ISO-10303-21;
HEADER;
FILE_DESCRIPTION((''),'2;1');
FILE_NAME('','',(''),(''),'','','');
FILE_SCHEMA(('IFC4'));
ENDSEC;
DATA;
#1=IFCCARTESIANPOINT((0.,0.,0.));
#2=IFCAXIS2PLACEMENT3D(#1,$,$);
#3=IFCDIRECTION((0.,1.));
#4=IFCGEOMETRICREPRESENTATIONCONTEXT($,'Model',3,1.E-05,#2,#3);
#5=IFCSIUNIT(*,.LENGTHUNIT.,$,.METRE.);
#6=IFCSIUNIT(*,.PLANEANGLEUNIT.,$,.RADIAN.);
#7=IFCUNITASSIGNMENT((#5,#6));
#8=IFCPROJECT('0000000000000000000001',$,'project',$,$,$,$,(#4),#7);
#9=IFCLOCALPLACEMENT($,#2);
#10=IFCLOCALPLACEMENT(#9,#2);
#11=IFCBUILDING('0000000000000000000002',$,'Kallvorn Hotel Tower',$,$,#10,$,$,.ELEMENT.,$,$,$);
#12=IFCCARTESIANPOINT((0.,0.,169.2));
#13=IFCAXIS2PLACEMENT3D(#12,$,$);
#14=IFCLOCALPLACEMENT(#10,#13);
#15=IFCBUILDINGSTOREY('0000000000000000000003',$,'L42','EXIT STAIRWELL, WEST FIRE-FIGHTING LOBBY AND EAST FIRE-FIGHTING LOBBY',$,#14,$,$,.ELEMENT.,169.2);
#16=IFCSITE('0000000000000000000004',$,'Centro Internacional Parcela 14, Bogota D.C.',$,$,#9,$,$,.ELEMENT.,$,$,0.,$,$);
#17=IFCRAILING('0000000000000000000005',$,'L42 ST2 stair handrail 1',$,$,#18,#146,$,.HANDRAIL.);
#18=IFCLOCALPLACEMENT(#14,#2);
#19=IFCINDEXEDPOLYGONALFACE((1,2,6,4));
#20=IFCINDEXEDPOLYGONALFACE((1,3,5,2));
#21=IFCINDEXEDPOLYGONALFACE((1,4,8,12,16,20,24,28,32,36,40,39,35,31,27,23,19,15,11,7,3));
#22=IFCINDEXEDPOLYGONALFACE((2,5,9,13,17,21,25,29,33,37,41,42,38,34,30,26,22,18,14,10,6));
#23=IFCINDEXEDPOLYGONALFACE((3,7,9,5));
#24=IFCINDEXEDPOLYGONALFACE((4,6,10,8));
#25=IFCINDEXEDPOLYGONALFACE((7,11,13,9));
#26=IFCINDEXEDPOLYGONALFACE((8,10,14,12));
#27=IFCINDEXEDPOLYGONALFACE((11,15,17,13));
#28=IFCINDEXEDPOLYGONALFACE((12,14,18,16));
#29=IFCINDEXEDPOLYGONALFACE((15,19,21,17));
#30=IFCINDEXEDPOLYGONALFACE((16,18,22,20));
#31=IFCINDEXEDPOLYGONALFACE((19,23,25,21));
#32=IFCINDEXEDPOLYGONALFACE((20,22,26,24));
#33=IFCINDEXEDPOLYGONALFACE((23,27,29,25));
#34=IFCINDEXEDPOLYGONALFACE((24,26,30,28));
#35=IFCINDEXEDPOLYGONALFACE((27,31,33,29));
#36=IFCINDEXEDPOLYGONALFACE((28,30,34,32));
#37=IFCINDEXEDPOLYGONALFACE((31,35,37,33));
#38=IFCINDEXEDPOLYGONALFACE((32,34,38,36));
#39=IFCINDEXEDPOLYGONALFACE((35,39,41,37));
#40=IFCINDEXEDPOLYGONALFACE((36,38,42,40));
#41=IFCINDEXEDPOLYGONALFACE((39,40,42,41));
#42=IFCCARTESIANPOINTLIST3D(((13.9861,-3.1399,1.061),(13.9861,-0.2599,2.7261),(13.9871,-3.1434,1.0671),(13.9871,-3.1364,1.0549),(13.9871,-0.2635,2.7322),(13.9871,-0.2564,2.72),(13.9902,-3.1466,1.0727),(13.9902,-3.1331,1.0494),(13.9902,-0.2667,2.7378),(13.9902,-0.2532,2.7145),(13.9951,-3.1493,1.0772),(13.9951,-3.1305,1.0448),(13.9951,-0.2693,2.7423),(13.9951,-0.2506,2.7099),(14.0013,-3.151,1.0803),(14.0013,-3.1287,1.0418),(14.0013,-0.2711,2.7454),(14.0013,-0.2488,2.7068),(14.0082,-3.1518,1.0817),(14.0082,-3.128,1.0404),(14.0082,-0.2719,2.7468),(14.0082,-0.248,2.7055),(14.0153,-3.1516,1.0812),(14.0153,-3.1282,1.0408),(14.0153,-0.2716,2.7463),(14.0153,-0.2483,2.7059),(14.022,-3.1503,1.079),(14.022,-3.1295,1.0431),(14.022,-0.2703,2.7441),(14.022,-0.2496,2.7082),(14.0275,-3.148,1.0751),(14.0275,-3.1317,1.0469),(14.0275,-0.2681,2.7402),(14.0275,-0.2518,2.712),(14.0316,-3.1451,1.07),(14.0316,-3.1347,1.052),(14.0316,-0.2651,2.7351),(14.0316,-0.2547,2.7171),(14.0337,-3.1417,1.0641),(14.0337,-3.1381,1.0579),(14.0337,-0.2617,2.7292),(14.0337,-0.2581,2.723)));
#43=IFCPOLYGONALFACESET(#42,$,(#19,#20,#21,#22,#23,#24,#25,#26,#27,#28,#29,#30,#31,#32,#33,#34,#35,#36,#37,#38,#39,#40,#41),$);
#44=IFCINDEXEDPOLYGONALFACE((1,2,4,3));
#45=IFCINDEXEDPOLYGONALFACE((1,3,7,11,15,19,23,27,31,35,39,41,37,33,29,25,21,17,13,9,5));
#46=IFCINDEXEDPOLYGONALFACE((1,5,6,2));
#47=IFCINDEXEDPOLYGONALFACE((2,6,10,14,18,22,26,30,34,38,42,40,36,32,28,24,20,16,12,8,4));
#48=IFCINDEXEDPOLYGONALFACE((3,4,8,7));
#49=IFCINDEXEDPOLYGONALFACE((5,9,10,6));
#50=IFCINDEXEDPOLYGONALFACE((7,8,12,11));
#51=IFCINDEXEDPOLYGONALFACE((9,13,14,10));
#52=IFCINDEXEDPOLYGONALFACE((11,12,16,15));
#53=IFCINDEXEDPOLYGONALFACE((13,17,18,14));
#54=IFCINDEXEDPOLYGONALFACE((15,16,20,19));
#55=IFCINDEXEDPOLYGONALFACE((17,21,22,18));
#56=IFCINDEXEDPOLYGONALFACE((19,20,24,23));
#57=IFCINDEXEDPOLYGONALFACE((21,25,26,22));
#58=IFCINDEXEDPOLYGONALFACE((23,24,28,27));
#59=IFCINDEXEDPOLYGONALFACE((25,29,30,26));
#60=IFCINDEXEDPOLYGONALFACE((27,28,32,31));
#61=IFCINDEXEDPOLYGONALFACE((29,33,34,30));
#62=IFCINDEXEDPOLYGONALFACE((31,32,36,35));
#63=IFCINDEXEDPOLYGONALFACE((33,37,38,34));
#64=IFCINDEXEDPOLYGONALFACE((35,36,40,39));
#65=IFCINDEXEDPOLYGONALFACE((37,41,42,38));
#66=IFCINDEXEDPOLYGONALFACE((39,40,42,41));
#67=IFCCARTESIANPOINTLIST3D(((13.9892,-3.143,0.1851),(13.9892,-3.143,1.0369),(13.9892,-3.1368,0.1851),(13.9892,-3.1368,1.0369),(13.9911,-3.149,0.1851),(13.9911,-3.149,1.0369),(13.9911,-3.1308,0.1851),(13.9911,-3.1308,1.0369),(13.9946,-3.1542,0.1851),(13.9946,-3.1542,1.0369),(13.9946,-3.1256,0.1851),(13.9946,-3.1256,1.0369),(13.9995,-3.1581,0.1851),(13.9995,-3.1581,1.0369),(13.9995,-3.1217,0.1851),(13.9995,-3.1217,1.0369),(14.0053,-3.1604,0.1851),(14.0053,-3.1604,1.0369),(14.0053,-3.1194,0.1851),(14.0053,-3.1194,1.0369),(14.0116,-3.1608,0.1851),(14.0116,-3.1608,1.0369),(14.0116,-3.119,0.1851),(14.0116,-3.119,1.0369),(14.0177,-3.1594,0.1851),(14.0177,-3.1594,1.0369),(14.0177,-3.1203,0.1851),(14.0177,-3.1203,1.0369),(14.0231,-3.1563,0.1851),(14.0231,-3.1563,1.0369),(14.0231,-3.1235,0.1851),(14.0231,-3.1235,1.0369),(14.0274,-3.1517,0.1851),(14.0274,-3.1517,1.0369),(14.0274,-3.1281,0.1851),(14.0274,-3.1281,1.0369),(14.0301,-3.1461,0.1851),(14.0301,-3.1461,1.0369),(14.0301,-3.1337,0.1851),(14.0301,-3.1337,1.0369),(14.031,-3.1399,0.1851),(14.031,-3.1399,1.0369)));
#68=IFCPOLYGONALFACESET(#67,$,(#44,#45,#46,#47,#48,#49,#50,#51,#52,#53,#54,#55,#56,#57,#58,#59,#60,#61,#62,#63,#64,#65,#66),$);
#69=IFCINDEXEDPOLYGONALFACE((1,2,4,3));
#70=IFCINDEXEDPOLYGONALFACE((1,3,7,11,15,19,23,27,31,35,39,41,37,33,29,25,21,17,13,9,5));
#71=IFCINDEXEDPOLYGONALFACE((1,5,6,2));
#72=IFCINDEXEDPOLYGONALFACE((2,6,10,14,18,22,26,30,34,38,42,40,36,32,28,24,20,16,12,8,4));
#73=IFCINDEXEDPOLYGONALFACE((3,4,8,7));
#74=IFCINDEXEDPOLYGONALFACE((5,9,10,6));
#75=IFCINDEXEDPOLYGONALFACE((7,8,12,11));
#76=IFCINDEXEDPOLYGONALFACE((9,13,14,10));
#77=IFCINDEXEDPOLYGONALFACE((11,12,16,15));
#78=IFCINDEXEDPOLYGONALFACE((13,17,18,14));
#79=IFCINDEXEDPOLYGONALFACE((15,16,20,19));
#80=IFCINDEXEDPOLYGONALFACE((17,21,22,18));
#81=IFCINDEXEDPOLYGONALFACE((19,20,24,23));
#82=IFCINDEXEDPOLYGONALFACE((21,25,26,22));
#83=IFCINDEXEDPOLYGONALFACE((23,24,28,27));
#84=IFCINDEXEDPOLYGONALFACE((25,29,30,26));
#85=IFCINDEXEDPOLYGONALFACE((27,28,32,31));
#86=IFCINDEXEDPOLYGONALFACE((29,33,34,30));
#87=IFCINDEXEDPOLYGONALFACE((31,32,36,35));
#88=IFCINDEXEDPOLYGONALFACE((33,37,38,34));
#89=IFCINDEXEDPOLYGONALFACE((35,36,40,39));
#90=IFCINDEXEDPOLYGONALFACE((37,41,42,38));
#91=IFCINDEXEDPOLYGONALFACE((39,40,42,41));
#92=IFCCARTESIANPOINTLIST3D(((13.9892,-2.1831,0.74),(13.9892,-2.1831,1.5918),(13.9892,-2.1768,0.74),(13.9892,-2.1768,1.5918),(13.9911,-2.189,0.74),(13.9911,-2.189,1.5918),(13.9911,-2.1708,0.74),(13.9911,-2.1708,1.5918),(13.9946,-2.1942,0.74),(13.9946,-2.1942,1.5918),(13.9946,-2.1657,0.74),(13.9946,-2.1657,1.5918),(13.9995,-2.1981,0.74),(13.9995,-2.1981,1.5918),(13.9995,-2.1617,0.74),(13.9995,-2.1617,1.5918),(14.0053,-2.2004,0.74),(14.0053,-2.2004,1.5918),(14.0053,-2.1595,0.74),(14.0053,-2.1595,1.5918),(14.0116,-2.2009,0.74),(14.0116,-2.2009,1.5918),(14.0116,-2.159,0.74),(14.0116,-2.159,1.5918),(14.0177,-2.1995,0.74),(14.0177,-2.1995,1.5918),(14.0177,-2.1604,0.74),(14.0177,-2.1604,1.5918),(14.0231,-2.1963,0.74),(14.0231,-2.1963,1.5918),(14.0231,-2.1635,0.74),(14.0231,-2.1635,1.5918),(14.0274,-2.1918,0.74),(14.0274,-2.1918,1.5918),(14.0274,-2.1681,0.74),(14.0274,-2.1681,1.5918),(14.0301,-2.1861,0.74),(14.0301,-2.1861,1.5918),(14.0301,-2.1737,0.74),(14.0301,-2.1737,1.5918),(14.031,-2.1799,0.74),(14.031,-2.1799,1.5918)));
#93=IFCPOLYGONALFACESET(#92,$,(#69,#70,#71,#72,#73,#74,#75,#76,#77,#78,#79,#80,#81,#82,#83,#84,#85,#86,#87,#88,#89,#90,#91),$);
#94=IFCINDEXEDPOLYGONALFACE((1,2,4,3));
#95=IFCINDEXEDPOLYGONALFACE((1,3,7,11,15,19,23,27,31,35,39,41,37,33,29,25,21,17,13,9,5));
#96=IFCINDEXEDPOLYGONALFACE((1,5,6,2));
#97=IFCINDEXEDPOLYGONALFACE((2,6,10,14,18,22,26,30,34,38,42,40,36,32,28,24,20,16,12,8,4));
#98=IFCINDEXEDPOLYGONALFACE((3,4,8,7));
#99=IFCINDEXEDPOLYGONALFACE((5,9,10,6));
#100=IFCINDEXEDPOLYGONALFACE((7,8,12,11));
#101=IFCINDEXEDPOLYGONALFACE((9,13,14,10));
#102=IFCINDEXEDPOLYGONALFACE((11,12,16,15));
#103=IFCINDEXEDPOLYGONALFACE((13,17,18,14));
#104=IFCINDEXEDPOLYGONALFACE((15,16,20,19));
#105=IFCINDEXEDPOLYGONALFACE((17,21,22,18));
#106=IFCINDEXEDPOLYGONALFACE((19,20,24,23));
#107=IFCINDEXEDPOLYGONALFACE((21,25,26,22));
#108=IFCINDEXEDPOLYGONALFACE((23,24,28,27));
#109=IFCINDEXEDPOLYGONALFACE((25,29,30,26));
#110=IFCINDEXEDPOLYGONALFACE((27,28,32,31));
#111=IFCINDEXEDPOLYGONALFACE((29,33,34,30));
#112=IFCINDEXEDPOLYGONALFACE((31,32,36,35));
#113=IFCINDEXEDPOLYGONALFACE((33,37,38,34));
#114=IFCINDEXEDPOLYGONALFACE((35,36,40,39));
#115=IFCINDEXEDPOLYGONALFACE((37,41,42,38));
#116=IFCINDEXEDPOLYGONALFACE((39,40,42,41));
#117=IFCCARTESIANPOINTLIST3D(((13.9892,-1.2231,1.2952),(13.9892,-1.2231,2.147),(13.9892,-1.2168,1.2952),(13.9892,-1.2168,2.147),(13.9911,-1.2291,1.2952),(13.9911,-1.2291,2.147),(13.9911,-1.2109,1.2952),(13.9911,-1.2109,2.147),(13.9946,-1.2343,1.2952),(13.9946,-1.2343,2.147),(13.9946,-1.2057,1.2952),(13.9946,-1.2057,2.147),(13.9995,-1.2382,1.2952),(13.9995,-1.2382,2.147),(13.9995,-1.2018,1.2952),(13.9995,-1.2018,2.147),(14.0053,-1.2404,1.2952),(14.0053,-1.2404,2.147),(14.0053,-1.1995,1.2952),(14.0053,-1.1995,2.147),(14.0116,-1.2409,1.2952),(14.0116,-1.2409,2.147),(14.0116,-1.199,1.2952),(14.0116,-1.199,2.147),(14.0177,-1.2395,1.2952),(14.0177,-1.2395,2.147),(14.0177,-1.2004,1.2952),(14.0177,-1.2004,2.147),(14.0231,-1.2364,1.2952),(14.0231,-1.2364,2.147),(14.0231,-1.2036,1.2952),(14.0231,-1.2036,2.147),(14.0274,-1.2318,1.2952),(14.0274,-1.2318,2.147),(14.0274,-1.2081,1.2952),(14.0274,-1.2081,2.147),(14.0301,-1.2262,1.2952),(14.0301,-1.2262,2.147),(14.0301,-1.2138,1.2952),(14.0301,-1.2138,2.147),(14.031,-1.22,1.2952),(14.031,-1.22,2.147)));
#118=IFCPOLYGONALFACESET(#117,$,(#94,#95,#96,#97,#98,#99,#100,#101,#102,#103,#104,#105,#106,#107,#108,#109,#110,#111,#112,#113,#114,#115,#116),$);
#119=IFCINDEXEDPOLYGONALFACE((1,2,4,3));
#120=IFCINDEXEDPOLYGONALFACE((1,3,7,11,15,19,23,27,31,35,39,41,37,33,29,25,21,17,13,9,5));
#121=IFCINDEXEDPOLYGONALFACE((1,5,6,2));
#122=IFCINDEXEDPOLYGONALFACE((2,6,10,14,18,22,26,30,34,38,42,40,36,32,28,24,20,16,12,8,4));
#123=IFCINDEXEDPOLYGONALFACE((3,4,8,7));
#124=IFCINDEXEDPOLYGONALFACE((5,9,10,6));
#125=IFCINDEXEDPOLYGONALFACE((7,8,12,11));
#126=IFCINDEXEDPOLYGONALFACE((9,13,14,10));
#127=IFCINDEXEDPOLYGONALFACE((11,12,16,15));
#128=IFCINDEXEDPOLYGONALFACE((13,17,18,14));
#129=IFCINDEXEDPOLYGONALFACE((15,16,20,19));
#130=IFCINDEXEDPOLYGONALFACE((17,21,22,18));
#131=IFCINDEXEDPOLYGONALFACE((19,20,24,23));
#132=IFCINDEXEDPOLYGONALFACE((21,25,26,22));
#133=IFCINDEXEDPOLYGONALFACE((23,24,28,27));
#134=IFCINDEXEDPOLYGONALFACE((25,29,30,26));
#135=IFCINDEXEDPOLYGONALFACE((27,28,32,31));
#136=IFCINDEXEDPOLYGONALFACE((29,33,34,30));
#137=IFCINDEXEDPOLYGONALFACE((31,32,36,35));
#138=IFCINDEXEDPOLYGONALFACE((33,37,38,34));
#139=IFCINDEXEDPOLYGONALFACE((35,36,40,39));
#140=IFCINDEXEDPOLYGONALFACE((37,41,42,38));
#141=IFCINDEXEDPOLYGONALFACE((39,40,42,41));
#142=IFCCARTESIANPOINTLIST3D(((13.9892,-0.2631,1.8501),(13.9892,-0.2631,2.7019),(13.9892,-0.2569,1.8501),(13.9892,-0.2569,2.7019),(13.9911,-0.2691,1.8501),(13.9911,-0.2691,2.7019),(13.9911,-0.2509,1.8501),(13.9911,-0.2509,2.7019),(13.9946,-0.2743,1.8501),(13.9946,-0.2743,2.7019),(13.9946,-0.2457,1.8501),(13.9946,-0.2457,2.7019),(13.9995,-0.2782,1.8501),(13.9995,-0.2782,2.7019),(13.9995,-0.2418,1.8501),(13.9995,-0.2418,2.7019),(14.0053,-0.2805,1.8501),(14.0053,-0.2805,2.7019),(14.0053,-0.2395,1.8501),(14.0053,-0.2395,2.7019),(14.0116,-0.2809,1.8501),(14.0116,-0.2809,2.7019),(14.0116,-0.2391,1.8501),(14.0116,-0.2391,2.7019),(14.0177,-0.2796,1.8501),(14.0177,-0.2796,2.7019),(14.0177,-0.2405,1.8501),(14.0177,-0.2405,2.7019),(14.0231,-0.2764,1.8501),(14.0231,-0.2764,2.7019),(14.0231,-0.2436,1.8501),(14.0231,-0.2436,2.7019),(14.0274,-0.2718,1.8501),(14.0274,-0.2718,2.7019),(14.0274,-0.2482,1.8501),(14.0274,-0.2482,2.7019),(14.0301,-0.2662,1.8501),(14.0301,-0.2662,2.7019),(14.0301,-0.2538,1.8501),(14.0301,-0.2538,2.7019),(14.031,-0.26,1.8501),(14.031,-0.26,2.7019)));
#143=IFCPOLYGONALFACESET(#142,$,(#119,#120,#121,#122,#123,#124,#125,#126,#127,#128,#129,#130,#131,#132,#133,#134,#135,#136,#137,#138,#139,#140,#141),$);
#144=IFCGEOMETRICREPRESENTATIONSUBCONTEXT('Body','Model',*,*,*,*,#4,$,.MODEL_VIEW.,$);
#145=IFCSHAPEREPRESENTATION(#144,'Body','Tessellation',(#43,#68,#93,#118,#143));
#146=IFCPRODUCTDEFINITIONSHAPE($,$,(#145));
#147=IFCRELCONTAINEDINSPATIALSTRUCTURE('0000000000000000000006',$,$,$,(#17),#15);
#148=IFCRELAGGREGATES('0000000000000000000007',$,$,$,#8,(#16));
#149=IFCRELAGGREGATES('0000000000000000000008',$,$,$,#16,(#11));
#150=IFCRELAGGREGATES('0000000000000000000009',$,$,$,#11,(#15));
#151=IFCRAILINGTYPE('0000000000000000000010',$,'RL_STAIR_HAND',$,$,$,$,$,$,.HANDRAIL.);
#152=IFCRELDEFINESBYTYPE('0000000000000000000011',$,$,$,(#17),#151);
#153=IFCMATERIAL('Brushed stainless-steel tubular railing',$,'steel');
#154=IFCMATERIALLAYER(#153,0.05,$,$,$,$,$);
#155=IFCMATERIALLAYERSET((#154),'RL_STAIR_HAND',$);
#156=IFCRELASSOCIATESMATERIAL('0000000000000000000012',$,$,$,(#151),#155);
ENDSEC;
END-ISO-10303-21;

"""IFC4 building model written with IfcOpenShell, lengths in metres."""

from ifc_helpers import new_model, si_unit, direction, frame, origin, origin_2d, place, context, subcontext, project, spatial, circle, extrude, material, layer, layer_set, type_object, element, save


model = new_model("IFC4")

# Units and contexts
model_context = context("Model", 3, precision=1e-05, world=origin(), true_north=direction((0.0, 1.0)))
body_context = subcontext(model_context, "Body", "Model", "MODEL_VIEW")
ifc_project = project(units=[si_unit("LENGTHUNIT", "METRE"), si_unit("PLANEANGLEUNIT", "RADIAN")], contexts=[model_context])

# Site, building, storey
site_placement = place(None, origin())
site = spatial("IfcSite", under=ifc_project, at=site_placement, Name="Centro Internacional Parcela 14, Bogota D.C.", CompositionType="ELEMENT", RefElevation=0.0)
building_placement = place(site_placement, origin())
building = spatial("IfcBuilding", under=site, at=building_placement, Name="Kallvorn Hotel Tower", CompositionType="ELEMENT")
storey_placement = place(building_placement, frame((0.0, 0.0, 169.2)))
storey = spatial("IfcBuildingStorey", under=building, at=storey_placement, Name="L42", Description="EXIT STAIRWELL, WEST FIRE-FIGHTING LOBBY AND EAST FIRE-FIGHTING LOBBY", CompositionType="ELEMENT", Elevation=169.2)

# Railing
ifc_material_1 = material(Name="Brushed stainless-steel tubular railing", Category="steel")
ifc_layer_1 = layer(ifc_material_1, 0.05)
ifc_layer_set_1 = layer_set([ifc_layer_1], Name="RL_STAIR_HAND")
railing_type_1 = type_object("IfcRailingType", Name="RL_STAIR_HAND", PredefinedType="HANDRAIL", material=ifc_layer_set_1)
railing_1_placement = place(storey_placement, frame((14.01, -3.1399, 0.1851)))
element("IfcRailing", 1, at=railing_1_placement, inside=storey, type_object=railing_type_1, Name="L42 ST2 stair handrail 1", PredefinedType="HANDRAIL", context=body_context, shape_type="SweptSolid", body=[
    extrude(circle(Radius=0.0239, at=origin_2d()), frame((0.0, 0.0, 0.876), z_axis=(0.0, 0.865721, 0.500527), x_axis=(-1.0, 0.0, 0.0)), (0.0, 0.0, 1.0), 3.3267),
    extrude(circle(Radius=0.021, at=origin_2d()), origin(), (0.0, 0.0, 1.0), 0.8518),
    extrude(circle(Radius=0.021, at=origin_2d()), frame((0.0, 0.96, 0.5549)), (0.0, 0.0, 1.0), 0.8518),
    extrude(circle(Radius=0.021, at=origin_2d()), frame((0.0, 1.9199, 1.1101)), (0.0, 0.0, 1.0), 0.8518),
    extrude(circle(Radius=0.021, at=origin_2d()), frame((0.0, 2.8799, 1.665)), (0.0, 0.0, 1.0), 0.8518),
])

save(model, "model.ifc")
